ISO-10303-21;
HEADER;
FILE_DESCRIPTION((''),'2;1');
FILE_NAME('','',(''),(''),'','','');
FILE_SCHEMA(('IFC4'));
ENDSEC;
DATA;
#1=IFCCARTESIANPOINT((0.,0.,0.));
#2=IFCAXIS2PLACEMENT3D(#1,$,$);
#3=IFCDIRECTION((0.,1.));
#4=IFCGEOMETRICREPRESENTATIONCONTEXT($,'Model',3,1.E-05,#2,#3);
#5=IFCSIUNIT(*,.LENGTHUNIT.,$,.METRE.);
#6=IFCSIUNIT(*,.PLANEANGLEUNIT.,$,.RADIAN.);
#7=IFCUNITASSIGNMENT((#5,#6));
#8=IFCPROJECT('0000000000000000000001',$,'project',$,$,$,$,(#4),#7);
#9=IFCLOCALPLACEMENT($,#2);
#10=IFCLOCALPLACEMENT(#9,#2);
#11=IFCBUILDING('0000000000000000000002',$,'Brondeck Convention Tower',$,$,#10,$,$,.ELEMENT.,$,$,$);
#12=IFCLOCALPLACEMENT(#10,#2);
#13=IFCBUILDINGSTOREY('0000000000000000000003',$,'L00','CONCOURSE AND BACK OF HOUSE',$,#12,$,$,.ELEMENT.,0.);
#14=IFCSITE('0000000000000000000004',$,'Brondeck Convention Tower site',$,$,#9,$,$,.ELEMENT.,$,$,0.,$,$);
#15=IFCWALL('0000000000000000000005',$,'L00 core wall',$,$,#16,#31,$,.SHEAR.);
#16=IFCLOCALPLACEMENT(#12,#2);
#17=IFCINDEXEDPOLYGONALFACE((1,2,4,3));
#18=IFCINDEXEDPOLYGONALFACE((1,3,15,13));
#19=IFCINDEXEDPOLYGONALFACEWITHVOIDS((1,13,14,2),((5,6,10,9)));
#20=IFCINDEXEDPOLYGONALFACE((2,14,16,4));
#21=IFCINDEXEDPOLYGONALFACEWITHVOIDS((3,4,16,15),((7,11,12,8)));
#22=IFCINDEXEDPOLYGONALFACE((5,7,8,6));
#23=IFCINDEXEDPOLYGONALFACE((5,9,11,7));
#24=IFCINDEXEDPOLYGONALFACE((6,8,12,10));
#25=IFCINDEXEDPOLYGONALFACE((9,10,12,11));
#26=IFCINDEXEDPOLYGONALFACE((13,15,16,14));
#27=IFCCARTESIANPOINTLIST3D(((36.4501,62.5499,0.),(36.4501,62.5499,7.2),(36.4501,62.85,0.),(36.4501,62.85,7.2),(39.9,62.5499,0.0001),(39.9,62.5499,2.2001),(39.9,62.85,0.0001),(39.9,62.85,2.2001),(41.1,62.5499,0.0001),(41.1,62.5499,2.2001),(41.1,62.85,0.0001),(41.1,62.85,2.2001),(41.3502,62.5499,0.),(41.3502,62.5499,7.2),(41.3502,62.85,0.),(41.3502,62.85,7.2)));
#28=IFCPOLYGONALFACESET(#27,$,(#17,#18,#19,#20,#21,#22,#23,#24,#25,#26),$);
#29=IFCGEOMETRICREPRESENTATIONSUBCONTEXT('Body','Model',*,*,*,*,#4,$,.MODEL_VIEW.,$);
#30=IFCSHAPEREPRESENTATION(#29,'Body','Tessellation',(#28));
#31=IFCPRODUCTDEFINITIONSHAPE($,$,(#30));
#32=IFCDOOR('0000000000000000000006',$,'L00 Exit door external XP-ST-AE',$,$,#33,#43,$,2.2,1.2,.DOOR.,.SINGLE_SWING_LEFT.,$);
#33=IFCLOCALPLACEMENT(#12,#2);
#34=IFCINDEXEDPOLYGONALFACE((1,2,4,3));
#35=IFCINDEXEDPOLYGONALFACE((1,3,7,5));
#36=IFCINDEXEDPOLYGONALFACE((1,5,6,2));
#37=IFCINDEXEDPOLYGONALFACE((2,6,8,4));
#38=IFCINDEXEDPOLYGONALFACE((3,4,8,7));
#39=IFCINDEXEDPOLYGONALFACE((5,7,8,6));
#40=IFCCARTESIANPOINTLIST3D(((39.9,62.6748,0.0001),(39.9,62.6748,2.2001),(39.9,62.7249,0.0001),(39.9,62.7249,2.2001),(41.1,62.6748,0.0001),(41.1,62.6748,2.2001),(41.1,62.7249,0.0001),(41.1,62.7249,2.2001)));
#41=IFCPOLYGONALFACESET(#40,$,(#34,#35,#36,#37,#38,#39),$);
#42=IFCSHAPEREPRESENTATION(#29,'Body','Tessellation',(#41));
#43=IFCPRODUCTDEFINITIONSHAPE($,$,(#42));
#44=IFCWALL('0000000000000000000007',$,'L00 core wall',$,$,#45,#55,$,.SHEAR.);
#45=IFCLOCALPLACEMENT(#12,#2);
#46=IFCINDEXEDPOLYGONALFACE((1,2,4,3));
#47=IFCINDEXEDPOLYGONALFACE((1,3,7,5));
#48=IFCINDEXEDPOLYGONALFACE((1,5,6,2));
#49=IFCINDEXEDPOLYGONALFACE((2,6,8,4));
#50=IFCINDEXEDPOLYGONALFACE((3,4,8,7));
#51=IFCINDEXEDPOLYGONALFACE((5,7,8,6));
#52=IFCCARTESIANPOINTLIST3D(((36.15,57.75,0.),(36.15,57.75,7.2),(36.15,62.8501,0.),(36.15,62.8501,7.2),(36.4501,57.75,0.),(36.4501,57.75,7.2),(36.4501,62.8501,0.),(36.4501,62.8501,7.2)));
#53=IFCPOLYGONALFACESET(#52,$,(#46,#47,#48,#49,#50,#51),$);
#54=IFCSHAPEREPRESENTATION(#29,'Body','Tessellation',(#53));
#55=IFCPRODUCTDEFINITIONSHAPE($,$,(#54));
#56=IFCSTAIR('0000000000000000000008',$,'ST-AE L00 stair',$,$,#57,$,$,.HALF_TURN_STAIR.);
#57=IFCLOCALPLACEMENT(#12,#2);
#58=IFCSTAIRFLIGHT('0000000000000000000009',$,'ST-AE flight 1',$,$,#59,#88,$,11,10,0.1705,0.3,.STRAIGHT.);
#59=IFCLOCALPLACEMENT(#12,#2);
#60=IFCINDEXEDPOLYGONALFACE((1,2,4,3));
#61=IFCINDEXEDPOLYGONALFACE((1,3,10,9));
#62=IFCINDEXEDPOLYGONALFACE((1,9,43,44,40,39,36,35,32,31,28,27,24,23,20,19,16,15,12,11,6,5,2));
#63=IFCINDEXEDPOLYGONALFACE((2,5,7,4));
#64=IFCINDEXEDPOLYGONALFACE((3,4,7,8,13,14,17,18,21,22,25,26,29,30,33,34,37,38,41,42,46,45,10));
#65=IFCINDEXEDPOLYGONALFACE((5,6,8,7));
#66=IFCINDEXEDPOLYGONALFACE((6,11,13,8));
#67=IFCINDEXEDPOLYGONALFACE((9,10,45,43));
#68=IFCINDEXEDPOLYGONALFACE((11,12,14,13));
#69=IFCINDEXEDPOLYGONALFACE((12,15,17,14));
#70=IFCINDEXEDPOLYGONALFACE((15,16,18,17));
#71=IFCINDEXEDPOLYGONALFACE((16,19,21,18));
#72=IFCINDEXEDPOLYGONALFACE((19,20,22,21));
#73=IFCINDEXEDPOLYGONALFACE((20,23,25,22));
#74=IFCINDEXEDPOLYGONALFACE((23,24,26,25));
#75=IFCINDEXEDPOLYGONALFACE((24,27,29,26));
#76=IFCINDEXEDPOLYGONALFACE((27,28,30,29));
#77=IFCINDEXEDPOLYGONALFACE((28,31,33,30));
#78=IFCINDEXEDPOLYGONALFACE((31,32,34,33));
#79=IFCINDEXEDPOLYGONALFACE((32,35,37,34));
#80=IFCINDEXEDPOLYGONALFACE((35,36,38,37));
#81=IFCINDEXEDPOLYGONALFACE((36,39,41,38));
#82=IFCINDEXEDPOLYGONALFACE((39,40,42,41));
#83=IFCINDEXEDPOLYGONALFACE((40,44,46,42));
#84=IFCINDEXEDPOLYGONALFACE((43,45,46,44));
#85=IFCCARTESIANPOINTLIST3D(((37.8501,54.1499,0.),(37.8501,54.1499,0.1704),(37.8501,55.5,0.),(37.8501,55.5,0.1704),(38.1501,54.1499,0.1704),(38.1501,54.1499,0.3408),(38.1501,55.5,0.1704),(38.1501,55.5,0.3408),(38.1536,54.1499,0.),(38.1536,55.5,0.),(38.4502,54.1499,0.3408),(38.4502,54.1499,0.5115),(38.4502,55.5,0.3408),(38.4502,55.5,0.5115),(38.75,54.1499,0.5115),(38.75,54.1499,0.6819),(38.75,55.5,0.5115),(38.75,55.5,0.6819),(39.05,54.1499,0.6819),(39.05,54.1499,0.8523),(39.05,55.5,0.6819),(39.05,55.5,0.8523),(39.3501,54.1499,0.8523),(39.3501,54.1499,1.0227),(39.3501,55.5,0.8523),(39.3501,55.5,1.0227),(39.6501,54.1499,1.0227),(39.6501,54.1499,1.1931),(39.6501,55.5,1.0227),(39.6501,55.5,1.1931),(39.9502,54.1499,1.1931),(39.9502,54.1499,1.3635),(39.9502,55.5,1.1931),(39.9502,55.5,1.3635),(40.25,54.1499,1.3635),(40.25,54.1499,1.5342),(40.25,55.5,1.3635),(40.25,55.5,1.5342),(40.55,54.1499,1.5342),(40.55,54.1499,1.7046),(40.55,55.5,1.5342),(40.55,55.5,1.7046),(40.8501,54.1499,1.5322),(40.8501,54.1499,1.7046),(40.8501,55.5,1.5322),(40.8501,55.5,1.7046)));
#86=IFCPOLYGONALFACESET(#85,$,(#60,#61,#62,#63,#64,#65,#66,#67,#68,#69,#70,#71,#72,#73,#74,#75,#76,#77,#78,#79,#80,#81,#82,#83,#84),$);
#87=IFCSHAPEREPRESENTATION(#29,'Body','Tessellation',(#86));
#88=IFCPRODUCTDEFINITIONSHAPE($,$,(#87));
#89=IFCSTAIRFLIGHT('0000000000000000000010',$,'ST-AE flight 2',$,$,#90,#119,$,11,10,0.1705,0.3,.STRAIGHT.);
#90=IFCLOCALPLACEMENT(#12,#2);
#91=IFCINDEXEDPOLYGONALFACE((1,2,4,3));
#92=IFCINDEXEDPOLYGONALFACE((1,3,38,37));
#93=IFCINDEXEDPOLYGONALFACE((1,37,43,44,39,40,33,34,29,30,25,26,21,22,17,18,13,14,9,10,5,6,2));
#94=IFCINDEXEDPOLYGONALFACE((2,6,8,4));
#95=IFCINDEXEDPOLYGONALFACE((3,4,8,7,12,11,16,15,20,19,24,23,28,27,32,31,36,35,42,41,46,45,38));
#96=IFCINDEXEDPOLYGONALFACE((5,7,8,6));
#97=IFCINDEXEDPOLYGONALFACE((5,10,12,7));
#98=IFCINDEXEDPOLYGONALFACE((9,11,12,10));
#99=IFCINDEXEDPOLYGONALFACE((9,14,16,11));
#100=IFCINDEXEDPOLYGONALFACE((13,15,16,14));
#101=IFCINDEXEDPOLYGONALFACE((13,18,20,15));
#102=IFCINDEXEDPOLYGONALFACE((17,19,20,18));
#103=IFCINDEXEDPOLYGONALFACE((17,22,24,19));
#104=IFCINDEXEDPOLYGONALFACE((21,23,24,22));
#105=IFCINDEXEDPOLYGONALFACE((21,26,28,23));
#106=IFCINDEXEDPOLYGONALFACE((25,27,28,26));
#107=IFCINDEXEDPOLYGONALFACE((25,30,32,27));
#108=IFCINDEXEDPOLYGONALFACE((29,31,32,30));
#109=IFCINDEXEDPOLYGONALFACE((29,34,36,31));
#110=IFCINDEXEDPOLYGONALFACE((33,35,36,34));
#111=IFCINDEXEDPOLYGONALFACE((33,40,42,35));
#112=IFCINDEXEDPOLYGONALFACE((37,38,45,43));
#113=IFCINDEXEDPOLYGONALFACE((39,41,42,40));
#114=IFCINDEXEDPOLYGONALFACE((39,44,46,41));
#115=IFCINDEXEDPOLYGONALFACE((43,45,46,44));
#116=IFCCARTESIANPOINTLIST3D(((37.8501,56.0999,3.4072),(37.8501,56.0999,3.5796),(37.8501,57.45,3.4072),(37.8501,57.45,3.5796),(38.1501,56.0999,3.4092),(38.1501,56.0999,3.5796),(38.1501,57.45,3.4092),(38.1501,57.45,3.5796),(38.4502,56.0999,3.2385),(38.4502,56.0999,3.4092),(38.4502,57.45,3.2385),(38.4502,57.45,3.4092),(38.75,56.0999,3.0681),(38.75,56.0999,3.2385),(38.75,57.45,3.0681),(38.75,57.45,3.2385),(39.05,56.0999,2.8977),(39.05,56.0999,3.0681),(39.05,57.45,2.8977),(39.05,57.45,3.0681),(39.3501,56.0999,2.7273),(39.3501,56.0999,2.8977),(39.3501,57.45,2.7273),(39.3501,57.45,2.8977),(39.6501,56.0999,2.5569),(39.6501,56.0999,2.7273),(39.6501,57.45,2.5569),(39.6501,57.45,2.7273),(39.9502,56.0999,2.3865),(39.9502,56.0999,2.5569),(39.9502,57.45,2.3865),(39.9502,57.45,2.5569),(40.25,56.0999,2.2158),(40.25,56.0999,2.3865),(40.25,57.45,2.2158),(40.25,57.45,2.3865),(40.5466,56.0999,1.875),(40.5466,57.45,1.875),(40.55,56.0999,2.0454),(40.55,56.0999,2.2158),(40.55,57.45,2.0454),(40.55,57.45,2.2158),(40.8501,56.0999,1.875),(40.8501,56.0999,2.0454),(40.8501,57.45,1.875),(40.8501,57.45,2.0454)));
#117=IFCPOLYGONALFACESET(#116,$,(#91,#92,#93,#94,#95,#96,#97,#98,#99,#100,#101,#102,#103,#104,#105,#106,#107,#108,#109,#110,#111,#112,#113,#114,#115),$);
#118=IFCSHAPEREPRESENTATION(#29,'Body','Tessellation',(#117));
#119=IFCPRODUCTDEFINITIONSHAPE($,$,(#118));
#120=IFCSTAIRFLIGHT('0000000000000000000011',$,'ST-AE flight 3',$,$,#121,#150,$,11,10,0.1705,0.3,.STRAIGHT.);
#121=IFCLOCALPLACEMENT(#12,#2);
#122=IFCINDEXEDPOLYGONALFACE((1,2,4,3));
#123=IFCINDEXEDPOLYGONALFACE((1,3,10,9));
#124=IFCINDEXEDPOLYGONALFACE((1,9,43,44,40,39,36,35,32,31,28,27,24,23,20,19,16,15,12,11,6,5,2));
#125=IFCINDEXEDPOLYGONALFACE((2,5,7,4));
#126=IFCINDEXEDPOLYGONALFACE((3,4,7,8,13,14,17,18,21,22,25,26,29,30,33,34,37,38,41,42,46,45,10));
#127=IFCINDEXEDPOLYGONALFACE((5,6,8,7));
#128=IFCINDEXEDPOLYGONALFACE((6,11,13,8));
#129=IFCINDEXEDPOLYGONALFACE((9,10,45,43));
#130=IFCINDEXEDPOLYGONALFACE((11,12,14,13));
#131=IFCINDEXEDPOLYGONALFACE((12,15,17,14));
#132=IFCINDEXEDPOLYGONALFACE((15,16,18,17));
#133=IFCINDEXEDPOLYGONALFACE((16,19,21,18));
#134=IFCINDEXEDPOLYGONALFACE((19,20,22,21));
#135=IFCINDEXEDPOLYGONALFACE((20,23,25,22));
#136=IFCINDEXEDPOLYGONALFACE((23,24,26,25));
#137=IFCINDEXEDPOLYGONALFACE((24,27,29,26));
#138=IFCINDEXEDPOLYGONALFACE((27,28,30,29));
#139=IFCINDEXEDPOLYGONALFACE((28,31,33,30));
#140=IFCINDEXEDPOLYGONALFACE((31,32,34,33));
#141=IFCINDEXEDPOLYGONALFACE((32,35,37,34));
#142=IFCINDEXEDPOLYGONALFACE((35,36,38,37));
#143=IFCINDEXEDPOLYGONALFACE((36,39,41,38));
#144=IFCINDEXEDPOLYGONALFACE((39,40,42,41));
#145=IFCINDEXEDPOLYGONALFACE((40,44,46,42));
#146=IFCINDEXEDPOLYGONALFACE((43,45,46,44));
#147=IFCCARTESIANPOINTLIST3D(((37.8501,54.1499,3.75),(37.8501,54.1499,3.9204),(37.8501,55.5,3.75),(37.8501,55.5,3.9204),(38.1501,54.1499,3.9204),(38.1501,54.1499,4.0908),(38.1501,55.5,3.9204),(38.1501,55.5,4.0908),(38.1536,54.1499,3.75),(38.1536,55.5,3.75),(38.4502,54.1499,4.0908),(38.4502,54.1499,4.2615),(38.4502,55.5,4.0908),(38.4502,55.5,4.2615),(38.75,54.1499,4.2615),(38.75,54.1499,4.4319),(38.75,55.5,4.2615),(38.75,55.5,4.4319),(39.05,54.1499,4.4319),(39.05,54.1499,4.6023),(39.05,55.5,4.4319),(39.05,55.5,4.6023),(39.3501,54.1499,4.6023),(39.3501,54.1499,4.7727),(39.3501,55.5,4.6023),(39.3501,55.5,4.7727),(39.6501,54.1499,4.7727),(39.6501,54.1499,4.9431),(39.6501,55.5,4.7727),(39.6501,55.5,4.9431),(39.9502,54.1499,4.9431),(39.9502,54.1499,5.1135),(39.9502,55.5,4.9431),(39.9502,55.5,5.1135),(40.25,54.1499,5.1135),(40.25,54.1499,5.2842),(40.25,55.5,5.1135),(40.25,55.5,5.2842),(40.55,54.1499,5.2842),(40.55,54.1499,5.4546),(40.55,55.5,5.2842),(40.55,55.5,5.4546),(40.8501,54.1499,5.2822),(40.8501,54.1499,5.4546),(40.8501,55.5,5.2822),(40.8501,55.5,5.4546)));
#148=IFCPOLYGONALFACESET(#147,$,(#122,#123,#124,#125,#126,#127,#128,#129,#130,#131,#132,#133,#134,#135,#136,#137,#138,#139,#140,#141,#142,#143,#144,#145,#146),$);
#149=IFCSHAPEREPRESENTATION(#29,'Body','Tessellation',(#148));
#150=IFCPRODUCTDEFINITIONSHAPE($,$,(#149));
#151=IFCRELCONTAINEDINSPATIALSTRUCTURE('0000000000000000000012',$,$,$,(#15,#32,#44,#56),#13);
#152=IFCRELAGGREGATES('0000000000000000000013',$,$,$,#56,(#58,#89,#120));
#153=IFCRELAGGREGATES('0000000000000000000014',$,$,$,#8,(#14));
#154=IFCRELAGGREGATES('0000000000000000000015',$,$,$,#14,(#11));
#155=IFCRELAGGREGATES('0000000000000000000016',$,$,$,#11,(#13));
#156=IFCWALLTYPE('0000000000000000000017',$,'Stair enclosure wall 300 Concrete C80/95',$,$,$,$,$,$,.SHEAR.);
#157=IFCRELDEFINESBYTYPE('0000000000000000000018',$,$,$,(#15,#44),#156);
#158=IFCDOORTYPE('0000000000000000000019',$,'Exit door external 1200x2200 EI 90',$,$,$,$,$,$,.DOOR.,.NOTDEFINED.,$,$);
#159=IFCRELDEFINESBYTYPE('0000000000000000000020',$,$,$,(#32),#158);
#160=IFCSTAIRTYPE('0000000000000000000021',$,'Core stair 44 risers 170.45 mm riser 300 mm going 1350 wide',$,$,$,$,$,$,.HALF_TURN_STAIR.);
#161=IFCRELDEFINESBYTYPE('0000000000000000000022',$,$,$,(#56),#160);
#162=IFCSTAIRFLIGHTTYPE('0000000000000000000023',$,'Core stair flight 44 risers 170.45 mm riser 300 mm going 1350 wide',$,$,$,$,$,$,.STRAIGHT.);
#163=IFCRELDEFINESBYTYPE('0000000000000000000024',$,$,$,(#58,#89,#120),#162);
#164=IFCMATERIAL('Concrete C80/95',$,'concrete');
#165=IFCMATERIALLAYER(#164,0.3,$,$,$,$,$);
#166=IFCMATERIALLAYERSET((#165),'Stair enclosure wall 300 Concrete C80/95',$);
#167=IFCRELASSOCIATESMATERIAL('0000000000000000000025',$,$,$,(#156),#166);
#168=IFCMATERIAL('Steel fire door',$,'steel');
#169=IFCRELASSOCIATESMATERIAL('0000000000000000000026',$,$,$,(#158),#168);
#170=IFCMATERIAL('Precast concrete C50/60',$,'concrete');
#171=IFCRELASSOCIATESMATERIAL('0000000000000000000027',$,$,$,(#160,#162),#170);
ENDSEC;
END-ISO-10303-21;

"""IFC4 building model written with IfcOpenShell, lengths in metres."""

from ifc_helpers import new_model, si_unit, direction, frame, frame_2d, origin, place, context, subcontext, project, spatial, polyline, rectangle, outline, extrude, material, layer, layer_set, type_object, element, fill, aggregate, save


model = new_model("IFC4")

# Units and contexts
model_context = context("Model", 3, precision=1e-05, world=origin(), true_north=direction((0.0, 1.0)))
body_context = subcontext(model_context, "Body", "Model", "MODEL_VIEW")
ifc_project = project(units=[si_unit("LENGTHUNIT", "METRE"), si_unit("PLANEANGLEUNIT", "RADIAN")], contexts=[model_context])

# Site, building, storey
site_placement = place(None, origin())
site = spatial("IfcSite", under=ifc_project, at=site_placement, Name="Brondeck Convention Tower site", CompositionType="ELEMENT", RefElevation=0.0)
building_placement = place(site_placement, origin())
building = spatial("IfcBuilding", under=site, at=building_placement, Name="Brondeck Convention Tower", CompositionType="ELEMENT")
storey_placement = place(building_placement, origin())
storey = spatial("IfcBuildingStorey", under=building, at=storey_placement, Name="L00", Description="CONCOURSE AND BACK OF HOUSE", CompositionType="ELEMENT", Elevation=0.0)

# Wall, opening, door
ifc_material_1 = material(Name="Concrete C80/95", Category="concrete")
ifc_layer = layer(ifc_material_1, 0.3)
ifc_layer_set = layer_set([ifc_layer], Name="Stair enclosure wall 300 Concrete C80/95")
wall_type = type_object("IfcWallType", Name="Stair enclosure wall 300 Concrete C80/95", PredefinedType="SHEAR", material=ifc_layer_set)
ifc_material_2 = material(Name="Steel fire door", Category="steel")
wall_1_placement = place(storey_placement, frame((36.45, 62.7, 0.0), z_axis=(0.0, 0.0, 1.0), x_axis=(1.0, 0.0, 0.0)))
wall_1 = element("IfcWall", 1, at=wall_1_placement, inside=storey, type_object=wall_type, Name="L00 core wall", PredefinedType="SHEAR", context=body_context, shape_type="SweptSolid", body=[
    extrude(rectangle(XDim=4.9001, YDim=0.3, at=frame_2d((2.4502, 0.0))), origin(), (0.0, 0.0, 1.0), 7.2),
])
opening_1_placement = place(wall_1_placement, frame((3.45, 0.0, 0.0)))
opening_1 = element("IfcOpeningElement", 2, at=opening_1_placement, cuts=wall_1, PredefinedType="OPENING", context=body_context, shape_type="SweptSolid", body=[
    extrude(rectangle(XDim=1.2, YDim=2.2, at=frame_2d((0.6001, 1.1001))), frame((0.0, 0.1599, 0.0), z_axis=(0.0, -1.0, 0.0), x_axis=(1.0, 0.0, 0.0)), (0.0, 0.0, 1.0), 0.3201),
])
door_type_1 = type_object("IfcDoorType", Name="Exit door external 1200x2200 EI 90", OperationType="NOTDEFINED", PredefinedType="DOOR", material=ifc_material_2)
door_1_placement = place(opening_1_placement, origin())
door_1 = element("IfcDoor", 3, at=door_1_placement, inside=storey, type_object=door_type_1, Name="L00 Exit door external XP-ST-AE", OperationType="SINGLE_SWING_LEFT", OverallHeight=2.2, OverallWidth=1.2, PredefinedType="DOOR", context=body_context, shape_type="SweptSolid", body=[
    extrude(rectangle(XDim=1.2, YDim=2.2, at=frame_2d((0.6001, 1.1001))), frame((0.0, 0.0249, 0.0), z_axis=(0.0, -1.0, 0.0), x_axis=(1.0, 0.0, 0.0)), (0.0, 0.0, 1.0), 0.05),
])
fill(opening_1, door_1)

# Wall
wall_2_placement = place(storey_placement, frame((36.3, 57.75, 0.0), z_axis=(0.0, 0.0, 1.0), x_axis=(0.0, 1.0, 0.0)))
element("IfcWall", 4, at=wall_2_placement, inside=storey, type_object=wall_type, Name="L00 core wall", PredefinedType="SHEAR", context=body_context, shape_type="SweptSolid", body=[
    extrude(rectangle(XDim=5.1001, YDim=0.3, at=frame_2d((2.55, 0.0))), origin(), (0.0, 0.0, 1.0), 7.2),
])

# Stair, stair flights
ifc_material_3 = material(Name="Precast concrete C50/60", Category="concrete")
stair_type = type_object("IfcStairType", Name="Core stair 44 risers 170.45 mm riser 300 mm going 1350 wide", PredefinedType="HALF_TURN_STAIR", material=ifc_material_3)
stair_placement = place(storey_placement, origin())
stair = element("IfcStair", 5, at=stair_placement, inside=storey, type_object=stair_type, Name="ST-AE L00 stair", PredefinedType="HALF_TURN_STAIR")
stair_flight_type = type_object("IfcStairFlightType", Name="Core stair flight 44 risers 170.45 mm riser 300 mm going 1350 wide", PredefinedType="STRAIGHT", material=ifc_material_3)
stair_flight_1_placement = place(storey_placement, frame((37.8501, 54.825, 0.0), z_axis=(0.0, 0.0, 1.0), x_axis=(1.0, 0.0, 0.0)))
stair_flight_1 = element("IfcStairFlight", 6, at=stair_flight_1_placement, type_object=stair_flight_type, Name="ST-AE flight 1", NumberOfRisers=11, NumberOfTreads=10, PredefinedType="STRAIGHT", RiserHeight=0.1705, TreadLength=0.3, context=body_context, shape_type="SweptSolid", body=[
    extrude(outline(polyline([(0.0, 0.0), (0.0, 0.1704), (0.3, 0.1704), (0.3, 0.3408), (0.6001, 0.3408), (0.6001, 0.5115), (0.8999, 0.5115), (0.8999, 0.6819), (1.2, 0.6819), (1.2, 0.8523), (1.5, 0.8523), (1.5, 1.0227), (1.8, 1.0227), (1.8, 1.1931), (2.1001, 1.1931), (2.1001, 1.3635), (2.3999, 1.3635), (2.3999, 1.5342), (2.7, 1.5342), (2.7, 1.7046), (3.0, 1.7046), (3.0, 1.875), (3.0, 1.5322), (0.3035, 0.0), (0.0, 0.0)])), frame((0.0, 0.675, 0.0), z_axis=(0.0, -1.0, 0.0), x_axis=(1.0, 0.0, 0.0)), (0.0, 0.0, 1.0), 1.3501),
])
stair_flight_2_placement = place(storey_placement, frame((40.8501, 56.7749, 1.875), z_axis=(0.0, 0.0, 1.0), x_axis=(-1.0, 0.0, 0.0)))
stair_flight_2 = element("IfcStairFlight", 7, at=stair_flight_2_placement, type_object=stair_flight_type, Name="ST-AE flight 2", NumberOfRisers=11, NumberOfTreads=10, PredefinedType="STRAIGHT", RiserHeight=0.1705, TreadLength=0.3, context=body_context, shape_type="SweptSolid", body=[
    extrude(outline(polyline([(0.0, 0.0), (0.0, 0.1704), (0.3, 0.1704), (0.3, 0.3408), (0.6001, 0.3408), (0.6001, 0.5115), (0.8999, 0.5115), (0.8999, 0.6819), (1.2, 0.6819), (1.2, 0.8523), (1.5, 0.8523), (1.5, 1.0227), (1.8, 1.0227), (1.8, 1.1931), (2.1001, 1.1931), (2.1001, 1.3635), (2.3999, 1.3635), (2.3999, 1.5342), (2.7, 1.5342), (2.7, 1.7046), (3.0, 1.7046), (3.0, 1.875), (3.0, 1.5322), (0.3035, 0.0), (0.0, 0.0)])), frame((0.0, 0.675, 0.0), z_axis=(0.0, -1.0, 0.0), x_axis=(1.0, 0.0, 0.0)), (0.0, 0.0, 1.0), 1.3501),
])
stair_flight_3_placement = place(storey_placement, frame((37.8501, 54.825, 3.75), z_axis=(0.0, 0.0, 1.0), x_axis=(1.0, 0.0, 0.0)))
stair_flight_3 = element("IfcStairFlight", 8, at=stair_flight_3_placement, type_object=stair_flight_type, Name="ST-AE flight 3", NumberOfRisers=11, NumberOfTreads=10, PredefinedType="STRAIGHT", RiserHeight=0.1705, TreadLength=0.3, context=body_context, shape_type="SweptSolid", body=[
    extrude(outline(polyline([(0.0, 0.0), (0.0, 0.1704), (0.3, 0.1704), (0.3, 0.3408), (0.6001, 0.3408), (0.6001, 0.5115), (0.8999, 0.5115), (0.8999, 0.6819), (1.2, 0.6819), (1.2, 0.8523), (1.5, 0.8523), (1.5, 1.0227), (1.8, 1.0227), (1.8, 1.1931), (2.1001, 1.1931), (2.1001, 1.3635), (2.3999, 1.3635), (2.3999, 1.5342), (2.7, 1.5342), (2.7, 1.7046), (3.0, 1.7046), (3.0, 1.875), (3.0, 1.5322), (0.3035, 0.0), (0.0, 0.0)])), frame((0.0, 0.675, 0.0), z_axis=(0.0, -1.0, 0.0), x_axis=(1.0, 0.0, 0.0)), (0.0, 0.0, 1.0), 1.3501),
])
aggregate(stair, [stair_flight_1, stair_flight_2, stair_flight_3])

save(model, "model.ifc")
